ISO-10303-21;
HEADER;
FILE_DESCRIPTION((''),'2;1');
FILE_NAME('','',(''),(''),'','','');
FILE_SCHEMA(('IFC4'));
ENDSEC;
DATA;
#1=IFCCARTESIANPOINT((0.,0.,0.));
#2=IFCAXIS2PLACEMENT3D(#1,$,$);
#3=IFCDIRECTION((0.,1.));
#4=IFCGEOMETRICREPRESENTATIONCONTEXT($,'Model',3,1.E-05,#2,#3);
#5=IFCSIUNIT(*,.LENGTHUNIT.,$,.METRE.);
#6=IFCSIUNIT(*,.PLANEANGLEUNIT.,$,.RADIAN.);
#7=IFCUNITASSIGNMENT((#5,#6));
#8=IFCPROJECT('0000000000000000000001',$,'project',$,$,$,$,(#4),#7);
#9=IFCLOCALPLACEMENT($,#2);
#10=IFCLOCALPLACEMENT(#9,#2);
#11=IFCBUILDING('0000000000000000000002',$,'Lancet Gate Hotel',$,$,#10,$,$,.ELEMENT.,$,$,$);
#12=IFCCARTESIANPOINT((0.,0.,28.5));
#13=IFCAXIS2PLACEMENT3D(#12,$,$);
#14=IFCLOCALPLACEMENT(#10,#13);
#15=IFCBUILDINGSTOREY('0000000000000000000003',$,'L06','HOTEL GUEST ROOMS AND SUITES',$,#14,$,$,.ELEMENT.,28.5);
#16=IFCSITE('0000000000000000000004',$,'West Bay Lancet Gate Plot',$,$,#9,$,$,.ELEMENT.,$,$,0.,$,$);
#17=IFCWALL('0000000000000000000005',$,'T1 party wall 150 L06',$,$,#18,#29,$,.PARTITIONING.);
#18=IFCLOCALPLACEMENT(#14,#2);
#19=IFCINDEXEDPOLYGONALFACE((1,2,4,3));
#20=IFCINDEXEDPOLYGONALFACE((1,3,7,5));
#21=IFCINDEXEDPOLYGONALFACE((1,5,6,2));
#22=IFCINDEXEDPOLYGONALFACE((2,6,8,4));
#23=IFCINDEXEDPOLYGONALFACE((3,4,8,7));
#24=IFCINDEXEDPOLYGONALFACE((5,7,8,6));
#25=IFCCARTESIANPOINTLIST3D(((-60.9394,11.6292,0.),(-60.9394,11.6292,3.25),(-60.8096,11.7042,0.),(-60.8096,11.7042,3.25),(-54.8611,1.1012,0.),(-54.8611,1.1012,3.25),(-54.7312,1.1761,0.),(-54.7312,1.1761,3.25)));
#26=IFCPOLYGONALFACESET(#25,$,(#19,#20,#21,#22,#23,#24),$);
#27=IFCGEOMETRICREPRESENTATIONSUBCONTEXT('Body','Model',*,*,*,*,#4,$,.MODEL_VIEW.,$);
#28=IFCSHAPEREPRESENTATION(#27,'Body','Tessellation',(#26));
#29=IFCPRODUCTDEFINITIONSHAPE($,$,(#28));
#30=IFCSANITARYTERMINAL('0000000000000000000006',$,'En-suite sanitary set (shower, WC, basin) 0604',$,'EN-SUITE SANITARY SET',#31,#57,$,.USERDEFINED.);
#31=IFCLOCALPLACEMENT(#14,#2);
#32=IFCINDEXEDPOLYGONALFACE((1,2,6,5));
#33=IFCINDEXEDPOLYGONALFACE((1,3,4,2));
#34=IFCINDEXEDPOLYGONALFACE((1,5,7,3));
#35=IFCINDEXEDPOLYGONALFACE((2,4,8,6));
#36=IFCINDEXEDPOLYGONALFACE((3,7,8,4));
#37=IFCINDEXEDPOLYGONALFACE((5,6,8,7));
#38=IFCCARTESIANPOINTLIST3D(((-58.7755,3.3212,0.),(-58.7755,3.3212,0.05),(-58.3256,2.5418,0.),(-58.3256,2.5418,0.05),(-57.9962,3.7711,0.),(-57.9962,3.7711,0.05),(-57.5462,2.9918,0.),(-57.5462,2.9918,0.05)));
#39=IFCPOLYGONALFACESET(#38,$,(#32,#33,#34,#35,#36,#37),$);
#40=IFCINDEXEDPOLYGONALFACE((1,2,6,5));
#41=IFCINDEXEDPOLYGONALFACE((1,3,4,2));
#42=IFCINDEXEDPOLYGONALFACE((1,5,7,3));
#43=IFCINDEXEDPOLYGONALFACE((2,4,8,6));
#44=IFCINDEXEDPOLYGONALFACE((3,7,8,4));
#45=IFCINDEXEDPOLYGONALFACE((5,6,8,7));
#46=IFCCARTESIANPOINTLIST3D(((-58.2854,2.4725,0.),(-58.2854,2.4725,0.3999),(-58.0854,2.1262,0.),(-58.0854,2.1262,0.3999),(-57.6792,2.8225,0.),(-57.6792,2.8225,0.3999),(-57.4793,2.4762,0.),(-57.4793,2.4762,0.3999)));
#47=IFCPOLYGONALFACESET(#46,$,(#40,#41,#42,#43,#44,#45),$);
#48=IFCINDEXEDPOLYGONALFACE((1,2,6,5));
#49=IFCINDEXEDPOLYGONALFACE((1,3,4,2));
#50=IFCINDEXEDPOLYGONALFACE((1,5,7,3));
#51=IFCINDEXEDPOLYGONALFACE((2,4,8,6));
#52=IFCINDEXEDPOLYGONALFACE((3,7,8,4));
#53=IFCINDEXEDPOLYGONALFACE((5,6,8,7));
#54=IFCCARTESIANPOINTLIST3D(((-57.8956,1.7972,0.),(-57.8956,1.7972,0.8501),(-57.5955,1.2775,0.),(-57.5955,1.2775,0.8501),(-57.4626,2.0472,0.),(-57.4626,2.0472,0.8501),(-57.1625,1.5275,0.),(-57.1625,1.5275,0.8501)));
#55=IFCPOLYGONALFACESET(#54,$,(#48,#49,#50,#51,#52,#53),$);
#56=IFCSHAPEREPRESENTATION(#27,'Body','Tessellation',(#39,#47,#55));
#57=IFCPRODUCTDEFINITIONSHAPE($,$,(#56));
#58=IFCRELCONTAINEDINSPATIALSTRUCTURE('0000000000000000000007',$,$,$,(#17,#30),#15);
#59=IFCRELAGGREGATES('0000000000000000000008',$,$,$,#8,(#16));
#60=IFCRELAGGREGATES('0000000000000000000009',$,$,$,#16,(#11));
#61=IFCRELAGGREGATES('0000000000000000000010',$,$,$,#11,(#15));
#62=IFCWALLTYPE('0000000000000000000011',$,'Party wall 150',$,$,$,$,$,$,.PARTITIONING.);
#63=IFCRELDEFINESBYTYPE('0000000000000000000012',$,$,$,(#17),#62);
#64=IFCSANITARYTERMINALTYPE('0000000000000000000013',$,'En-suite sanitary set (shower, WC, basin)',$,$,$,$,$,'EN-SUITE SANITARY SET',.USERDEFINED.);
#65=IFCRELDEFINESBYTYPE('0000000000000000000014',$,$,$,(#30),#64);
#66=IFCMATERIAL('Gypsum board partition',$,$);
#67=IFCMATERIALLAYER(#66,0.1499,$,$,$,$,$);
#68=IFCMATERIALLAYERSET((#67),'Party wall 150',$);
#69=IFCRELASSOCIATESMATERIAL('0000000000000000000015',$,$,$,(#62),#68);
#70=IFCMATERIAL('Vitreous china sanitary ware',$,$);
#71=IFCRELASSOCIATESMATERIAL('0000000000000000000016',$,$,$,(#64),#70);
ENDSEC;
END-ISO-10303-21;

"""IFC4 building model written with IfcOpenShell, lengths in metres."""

from ifc_helpers import new_model, si_unit, direction, frame, frame_2d, origin, origin_2d, place, context, subcontext, project, spatial, rectangle, extrude, material, layer, layer_set, type_object, element, save


model = new_model("IFC4")

# Units and contexts
model_context = context("Model", 3, precision=1e-05, world=origin(), true_north=direction((0.0, 1.0)))
body_context = subcontext(model_context, "Body", "Model", "MODEL_VIEW")
ifc_project = project(units=[si_unit("LENGTHUNIT", "METRE"), si_unit("PLANEANGLEUNIT", "RADIAN")], contexts=[model_context])

# Site, building, storey
site_placement = place(None, origin())
site = spatial("IfcSite", under=ifc_project, at=site_placement, Name="West Bay Lancet Gate Plot", CompositionType="ELEMENT", RefElevation=0.0)
building_placement = place(site_placement, origin())
building = spatial("IfcBuilding", under=site, at=building_placement, Name="Lancet Gate Hotel", CompositionType="ELEMENT")
storey_placement = place(building_placement, frame((0.0, 0.0, 28.5)))
storey = spatial("IfcBuildingStorey", under=building, at=storey_placement, Name="L06", Description="HOTEL GUEST ROOMS AND SUITES", CompositionType="ELEMENT", Elevation=28.5)

# Wall
ifc_material_1 = material(Name="Gypsum board partition")
ifc_layer_1 = layer(ifc_material_1, 0.1499)
ifc_layer_set_1 = layer_set([ifc_layer_1], Name="Party wall 150")
wall_type_1 = type_object("IfcWallType", Name="Party wall 150", PredefinedType="PARTITIONING", material=ifc_layer_set_1)
wall_1_placement = place(storey_placement, frame((-54.7961, 1.1387, 0.0), z_axis=(0.0, 0.0, 1.0), x_axis=(-0.499999, 0.866026, 0.0)))
element("IfcWall", 1, at=wall_1_placement, inside=storey, type_object=wall_type_1, Name="T1 party wall 150 L06", PredefinedType="PARTITIONING", context=body_context, shape_type="SweptSolid", body=[
    extrude(rectangle(XDim=12.1567, YDim=0.1499, at=frame_2d((6.0784, 0.0))), origin(), (0.0, 0.0, 1.0), 3.25),
])

# Sanitary terminal
ifc_material_2 = material(Name="Vitreous china sanitary ware")
sanitary_terminal_type = type_object("IfcSanitaryTerminalType", Name="En-suite sanitary set (shower, WC, basin)", ElementType="EN-SUITE SANITARY SET", PredefinedType="USERDEFINED", material=ifc_material_2)
sanitary_terminal_placement = place(storey_placement, frame((-58.1609, 3.1565, 0.0), z_axis=(0.0, 0.0, 1.0), x_axis=(1.0, 0.0, 0.0)))
element("IfcSanitaryTerminal", 2, at=sanitary_terminal_placement, inside=storey, type_object=sanitary_terminal_type, Name="En-suite sanitary set (shower, WC, basin) 0604", ObjectType="EN-SUITE SANITARY SET", PredefinedType="USERDEFINED", context=body_context, shape_type="SweptSolid", body=[
    extrude(rectangle(XDim=0.8999, YDim=0.8999, at=origin_2d()), frame((0.0, 0.0, 0.0), z_axis=(0.0, 0.0, 1.0), x_axis=(-0.5, 0.866025, 0.0)), (0.0, 0.0, 1.0), 0.05),
    extrude(rectangle(XDim=0.3999, YDim=0.7, at=origin_2d()), frame((0.2786, -0.6821, 0.0), z_axis=(0.0, 0.0, 1.0), x_axis=(-0.5, 0.866025, 0.0)), (0.0, 0.0, 1.0), 0.3999),
    extrude(rectangle(XDim=0.6001, YDim=0.5, at=origin_2d()), frame((0.6318, -1.4941, 0.0), z_axis=(0.0, 0.0, 1.0), x_axis=(-0.5, 0.866025, 0.0)), (0.0, 0.0, 1.0), 0.8501),
])

save(model, "model.ifc")
